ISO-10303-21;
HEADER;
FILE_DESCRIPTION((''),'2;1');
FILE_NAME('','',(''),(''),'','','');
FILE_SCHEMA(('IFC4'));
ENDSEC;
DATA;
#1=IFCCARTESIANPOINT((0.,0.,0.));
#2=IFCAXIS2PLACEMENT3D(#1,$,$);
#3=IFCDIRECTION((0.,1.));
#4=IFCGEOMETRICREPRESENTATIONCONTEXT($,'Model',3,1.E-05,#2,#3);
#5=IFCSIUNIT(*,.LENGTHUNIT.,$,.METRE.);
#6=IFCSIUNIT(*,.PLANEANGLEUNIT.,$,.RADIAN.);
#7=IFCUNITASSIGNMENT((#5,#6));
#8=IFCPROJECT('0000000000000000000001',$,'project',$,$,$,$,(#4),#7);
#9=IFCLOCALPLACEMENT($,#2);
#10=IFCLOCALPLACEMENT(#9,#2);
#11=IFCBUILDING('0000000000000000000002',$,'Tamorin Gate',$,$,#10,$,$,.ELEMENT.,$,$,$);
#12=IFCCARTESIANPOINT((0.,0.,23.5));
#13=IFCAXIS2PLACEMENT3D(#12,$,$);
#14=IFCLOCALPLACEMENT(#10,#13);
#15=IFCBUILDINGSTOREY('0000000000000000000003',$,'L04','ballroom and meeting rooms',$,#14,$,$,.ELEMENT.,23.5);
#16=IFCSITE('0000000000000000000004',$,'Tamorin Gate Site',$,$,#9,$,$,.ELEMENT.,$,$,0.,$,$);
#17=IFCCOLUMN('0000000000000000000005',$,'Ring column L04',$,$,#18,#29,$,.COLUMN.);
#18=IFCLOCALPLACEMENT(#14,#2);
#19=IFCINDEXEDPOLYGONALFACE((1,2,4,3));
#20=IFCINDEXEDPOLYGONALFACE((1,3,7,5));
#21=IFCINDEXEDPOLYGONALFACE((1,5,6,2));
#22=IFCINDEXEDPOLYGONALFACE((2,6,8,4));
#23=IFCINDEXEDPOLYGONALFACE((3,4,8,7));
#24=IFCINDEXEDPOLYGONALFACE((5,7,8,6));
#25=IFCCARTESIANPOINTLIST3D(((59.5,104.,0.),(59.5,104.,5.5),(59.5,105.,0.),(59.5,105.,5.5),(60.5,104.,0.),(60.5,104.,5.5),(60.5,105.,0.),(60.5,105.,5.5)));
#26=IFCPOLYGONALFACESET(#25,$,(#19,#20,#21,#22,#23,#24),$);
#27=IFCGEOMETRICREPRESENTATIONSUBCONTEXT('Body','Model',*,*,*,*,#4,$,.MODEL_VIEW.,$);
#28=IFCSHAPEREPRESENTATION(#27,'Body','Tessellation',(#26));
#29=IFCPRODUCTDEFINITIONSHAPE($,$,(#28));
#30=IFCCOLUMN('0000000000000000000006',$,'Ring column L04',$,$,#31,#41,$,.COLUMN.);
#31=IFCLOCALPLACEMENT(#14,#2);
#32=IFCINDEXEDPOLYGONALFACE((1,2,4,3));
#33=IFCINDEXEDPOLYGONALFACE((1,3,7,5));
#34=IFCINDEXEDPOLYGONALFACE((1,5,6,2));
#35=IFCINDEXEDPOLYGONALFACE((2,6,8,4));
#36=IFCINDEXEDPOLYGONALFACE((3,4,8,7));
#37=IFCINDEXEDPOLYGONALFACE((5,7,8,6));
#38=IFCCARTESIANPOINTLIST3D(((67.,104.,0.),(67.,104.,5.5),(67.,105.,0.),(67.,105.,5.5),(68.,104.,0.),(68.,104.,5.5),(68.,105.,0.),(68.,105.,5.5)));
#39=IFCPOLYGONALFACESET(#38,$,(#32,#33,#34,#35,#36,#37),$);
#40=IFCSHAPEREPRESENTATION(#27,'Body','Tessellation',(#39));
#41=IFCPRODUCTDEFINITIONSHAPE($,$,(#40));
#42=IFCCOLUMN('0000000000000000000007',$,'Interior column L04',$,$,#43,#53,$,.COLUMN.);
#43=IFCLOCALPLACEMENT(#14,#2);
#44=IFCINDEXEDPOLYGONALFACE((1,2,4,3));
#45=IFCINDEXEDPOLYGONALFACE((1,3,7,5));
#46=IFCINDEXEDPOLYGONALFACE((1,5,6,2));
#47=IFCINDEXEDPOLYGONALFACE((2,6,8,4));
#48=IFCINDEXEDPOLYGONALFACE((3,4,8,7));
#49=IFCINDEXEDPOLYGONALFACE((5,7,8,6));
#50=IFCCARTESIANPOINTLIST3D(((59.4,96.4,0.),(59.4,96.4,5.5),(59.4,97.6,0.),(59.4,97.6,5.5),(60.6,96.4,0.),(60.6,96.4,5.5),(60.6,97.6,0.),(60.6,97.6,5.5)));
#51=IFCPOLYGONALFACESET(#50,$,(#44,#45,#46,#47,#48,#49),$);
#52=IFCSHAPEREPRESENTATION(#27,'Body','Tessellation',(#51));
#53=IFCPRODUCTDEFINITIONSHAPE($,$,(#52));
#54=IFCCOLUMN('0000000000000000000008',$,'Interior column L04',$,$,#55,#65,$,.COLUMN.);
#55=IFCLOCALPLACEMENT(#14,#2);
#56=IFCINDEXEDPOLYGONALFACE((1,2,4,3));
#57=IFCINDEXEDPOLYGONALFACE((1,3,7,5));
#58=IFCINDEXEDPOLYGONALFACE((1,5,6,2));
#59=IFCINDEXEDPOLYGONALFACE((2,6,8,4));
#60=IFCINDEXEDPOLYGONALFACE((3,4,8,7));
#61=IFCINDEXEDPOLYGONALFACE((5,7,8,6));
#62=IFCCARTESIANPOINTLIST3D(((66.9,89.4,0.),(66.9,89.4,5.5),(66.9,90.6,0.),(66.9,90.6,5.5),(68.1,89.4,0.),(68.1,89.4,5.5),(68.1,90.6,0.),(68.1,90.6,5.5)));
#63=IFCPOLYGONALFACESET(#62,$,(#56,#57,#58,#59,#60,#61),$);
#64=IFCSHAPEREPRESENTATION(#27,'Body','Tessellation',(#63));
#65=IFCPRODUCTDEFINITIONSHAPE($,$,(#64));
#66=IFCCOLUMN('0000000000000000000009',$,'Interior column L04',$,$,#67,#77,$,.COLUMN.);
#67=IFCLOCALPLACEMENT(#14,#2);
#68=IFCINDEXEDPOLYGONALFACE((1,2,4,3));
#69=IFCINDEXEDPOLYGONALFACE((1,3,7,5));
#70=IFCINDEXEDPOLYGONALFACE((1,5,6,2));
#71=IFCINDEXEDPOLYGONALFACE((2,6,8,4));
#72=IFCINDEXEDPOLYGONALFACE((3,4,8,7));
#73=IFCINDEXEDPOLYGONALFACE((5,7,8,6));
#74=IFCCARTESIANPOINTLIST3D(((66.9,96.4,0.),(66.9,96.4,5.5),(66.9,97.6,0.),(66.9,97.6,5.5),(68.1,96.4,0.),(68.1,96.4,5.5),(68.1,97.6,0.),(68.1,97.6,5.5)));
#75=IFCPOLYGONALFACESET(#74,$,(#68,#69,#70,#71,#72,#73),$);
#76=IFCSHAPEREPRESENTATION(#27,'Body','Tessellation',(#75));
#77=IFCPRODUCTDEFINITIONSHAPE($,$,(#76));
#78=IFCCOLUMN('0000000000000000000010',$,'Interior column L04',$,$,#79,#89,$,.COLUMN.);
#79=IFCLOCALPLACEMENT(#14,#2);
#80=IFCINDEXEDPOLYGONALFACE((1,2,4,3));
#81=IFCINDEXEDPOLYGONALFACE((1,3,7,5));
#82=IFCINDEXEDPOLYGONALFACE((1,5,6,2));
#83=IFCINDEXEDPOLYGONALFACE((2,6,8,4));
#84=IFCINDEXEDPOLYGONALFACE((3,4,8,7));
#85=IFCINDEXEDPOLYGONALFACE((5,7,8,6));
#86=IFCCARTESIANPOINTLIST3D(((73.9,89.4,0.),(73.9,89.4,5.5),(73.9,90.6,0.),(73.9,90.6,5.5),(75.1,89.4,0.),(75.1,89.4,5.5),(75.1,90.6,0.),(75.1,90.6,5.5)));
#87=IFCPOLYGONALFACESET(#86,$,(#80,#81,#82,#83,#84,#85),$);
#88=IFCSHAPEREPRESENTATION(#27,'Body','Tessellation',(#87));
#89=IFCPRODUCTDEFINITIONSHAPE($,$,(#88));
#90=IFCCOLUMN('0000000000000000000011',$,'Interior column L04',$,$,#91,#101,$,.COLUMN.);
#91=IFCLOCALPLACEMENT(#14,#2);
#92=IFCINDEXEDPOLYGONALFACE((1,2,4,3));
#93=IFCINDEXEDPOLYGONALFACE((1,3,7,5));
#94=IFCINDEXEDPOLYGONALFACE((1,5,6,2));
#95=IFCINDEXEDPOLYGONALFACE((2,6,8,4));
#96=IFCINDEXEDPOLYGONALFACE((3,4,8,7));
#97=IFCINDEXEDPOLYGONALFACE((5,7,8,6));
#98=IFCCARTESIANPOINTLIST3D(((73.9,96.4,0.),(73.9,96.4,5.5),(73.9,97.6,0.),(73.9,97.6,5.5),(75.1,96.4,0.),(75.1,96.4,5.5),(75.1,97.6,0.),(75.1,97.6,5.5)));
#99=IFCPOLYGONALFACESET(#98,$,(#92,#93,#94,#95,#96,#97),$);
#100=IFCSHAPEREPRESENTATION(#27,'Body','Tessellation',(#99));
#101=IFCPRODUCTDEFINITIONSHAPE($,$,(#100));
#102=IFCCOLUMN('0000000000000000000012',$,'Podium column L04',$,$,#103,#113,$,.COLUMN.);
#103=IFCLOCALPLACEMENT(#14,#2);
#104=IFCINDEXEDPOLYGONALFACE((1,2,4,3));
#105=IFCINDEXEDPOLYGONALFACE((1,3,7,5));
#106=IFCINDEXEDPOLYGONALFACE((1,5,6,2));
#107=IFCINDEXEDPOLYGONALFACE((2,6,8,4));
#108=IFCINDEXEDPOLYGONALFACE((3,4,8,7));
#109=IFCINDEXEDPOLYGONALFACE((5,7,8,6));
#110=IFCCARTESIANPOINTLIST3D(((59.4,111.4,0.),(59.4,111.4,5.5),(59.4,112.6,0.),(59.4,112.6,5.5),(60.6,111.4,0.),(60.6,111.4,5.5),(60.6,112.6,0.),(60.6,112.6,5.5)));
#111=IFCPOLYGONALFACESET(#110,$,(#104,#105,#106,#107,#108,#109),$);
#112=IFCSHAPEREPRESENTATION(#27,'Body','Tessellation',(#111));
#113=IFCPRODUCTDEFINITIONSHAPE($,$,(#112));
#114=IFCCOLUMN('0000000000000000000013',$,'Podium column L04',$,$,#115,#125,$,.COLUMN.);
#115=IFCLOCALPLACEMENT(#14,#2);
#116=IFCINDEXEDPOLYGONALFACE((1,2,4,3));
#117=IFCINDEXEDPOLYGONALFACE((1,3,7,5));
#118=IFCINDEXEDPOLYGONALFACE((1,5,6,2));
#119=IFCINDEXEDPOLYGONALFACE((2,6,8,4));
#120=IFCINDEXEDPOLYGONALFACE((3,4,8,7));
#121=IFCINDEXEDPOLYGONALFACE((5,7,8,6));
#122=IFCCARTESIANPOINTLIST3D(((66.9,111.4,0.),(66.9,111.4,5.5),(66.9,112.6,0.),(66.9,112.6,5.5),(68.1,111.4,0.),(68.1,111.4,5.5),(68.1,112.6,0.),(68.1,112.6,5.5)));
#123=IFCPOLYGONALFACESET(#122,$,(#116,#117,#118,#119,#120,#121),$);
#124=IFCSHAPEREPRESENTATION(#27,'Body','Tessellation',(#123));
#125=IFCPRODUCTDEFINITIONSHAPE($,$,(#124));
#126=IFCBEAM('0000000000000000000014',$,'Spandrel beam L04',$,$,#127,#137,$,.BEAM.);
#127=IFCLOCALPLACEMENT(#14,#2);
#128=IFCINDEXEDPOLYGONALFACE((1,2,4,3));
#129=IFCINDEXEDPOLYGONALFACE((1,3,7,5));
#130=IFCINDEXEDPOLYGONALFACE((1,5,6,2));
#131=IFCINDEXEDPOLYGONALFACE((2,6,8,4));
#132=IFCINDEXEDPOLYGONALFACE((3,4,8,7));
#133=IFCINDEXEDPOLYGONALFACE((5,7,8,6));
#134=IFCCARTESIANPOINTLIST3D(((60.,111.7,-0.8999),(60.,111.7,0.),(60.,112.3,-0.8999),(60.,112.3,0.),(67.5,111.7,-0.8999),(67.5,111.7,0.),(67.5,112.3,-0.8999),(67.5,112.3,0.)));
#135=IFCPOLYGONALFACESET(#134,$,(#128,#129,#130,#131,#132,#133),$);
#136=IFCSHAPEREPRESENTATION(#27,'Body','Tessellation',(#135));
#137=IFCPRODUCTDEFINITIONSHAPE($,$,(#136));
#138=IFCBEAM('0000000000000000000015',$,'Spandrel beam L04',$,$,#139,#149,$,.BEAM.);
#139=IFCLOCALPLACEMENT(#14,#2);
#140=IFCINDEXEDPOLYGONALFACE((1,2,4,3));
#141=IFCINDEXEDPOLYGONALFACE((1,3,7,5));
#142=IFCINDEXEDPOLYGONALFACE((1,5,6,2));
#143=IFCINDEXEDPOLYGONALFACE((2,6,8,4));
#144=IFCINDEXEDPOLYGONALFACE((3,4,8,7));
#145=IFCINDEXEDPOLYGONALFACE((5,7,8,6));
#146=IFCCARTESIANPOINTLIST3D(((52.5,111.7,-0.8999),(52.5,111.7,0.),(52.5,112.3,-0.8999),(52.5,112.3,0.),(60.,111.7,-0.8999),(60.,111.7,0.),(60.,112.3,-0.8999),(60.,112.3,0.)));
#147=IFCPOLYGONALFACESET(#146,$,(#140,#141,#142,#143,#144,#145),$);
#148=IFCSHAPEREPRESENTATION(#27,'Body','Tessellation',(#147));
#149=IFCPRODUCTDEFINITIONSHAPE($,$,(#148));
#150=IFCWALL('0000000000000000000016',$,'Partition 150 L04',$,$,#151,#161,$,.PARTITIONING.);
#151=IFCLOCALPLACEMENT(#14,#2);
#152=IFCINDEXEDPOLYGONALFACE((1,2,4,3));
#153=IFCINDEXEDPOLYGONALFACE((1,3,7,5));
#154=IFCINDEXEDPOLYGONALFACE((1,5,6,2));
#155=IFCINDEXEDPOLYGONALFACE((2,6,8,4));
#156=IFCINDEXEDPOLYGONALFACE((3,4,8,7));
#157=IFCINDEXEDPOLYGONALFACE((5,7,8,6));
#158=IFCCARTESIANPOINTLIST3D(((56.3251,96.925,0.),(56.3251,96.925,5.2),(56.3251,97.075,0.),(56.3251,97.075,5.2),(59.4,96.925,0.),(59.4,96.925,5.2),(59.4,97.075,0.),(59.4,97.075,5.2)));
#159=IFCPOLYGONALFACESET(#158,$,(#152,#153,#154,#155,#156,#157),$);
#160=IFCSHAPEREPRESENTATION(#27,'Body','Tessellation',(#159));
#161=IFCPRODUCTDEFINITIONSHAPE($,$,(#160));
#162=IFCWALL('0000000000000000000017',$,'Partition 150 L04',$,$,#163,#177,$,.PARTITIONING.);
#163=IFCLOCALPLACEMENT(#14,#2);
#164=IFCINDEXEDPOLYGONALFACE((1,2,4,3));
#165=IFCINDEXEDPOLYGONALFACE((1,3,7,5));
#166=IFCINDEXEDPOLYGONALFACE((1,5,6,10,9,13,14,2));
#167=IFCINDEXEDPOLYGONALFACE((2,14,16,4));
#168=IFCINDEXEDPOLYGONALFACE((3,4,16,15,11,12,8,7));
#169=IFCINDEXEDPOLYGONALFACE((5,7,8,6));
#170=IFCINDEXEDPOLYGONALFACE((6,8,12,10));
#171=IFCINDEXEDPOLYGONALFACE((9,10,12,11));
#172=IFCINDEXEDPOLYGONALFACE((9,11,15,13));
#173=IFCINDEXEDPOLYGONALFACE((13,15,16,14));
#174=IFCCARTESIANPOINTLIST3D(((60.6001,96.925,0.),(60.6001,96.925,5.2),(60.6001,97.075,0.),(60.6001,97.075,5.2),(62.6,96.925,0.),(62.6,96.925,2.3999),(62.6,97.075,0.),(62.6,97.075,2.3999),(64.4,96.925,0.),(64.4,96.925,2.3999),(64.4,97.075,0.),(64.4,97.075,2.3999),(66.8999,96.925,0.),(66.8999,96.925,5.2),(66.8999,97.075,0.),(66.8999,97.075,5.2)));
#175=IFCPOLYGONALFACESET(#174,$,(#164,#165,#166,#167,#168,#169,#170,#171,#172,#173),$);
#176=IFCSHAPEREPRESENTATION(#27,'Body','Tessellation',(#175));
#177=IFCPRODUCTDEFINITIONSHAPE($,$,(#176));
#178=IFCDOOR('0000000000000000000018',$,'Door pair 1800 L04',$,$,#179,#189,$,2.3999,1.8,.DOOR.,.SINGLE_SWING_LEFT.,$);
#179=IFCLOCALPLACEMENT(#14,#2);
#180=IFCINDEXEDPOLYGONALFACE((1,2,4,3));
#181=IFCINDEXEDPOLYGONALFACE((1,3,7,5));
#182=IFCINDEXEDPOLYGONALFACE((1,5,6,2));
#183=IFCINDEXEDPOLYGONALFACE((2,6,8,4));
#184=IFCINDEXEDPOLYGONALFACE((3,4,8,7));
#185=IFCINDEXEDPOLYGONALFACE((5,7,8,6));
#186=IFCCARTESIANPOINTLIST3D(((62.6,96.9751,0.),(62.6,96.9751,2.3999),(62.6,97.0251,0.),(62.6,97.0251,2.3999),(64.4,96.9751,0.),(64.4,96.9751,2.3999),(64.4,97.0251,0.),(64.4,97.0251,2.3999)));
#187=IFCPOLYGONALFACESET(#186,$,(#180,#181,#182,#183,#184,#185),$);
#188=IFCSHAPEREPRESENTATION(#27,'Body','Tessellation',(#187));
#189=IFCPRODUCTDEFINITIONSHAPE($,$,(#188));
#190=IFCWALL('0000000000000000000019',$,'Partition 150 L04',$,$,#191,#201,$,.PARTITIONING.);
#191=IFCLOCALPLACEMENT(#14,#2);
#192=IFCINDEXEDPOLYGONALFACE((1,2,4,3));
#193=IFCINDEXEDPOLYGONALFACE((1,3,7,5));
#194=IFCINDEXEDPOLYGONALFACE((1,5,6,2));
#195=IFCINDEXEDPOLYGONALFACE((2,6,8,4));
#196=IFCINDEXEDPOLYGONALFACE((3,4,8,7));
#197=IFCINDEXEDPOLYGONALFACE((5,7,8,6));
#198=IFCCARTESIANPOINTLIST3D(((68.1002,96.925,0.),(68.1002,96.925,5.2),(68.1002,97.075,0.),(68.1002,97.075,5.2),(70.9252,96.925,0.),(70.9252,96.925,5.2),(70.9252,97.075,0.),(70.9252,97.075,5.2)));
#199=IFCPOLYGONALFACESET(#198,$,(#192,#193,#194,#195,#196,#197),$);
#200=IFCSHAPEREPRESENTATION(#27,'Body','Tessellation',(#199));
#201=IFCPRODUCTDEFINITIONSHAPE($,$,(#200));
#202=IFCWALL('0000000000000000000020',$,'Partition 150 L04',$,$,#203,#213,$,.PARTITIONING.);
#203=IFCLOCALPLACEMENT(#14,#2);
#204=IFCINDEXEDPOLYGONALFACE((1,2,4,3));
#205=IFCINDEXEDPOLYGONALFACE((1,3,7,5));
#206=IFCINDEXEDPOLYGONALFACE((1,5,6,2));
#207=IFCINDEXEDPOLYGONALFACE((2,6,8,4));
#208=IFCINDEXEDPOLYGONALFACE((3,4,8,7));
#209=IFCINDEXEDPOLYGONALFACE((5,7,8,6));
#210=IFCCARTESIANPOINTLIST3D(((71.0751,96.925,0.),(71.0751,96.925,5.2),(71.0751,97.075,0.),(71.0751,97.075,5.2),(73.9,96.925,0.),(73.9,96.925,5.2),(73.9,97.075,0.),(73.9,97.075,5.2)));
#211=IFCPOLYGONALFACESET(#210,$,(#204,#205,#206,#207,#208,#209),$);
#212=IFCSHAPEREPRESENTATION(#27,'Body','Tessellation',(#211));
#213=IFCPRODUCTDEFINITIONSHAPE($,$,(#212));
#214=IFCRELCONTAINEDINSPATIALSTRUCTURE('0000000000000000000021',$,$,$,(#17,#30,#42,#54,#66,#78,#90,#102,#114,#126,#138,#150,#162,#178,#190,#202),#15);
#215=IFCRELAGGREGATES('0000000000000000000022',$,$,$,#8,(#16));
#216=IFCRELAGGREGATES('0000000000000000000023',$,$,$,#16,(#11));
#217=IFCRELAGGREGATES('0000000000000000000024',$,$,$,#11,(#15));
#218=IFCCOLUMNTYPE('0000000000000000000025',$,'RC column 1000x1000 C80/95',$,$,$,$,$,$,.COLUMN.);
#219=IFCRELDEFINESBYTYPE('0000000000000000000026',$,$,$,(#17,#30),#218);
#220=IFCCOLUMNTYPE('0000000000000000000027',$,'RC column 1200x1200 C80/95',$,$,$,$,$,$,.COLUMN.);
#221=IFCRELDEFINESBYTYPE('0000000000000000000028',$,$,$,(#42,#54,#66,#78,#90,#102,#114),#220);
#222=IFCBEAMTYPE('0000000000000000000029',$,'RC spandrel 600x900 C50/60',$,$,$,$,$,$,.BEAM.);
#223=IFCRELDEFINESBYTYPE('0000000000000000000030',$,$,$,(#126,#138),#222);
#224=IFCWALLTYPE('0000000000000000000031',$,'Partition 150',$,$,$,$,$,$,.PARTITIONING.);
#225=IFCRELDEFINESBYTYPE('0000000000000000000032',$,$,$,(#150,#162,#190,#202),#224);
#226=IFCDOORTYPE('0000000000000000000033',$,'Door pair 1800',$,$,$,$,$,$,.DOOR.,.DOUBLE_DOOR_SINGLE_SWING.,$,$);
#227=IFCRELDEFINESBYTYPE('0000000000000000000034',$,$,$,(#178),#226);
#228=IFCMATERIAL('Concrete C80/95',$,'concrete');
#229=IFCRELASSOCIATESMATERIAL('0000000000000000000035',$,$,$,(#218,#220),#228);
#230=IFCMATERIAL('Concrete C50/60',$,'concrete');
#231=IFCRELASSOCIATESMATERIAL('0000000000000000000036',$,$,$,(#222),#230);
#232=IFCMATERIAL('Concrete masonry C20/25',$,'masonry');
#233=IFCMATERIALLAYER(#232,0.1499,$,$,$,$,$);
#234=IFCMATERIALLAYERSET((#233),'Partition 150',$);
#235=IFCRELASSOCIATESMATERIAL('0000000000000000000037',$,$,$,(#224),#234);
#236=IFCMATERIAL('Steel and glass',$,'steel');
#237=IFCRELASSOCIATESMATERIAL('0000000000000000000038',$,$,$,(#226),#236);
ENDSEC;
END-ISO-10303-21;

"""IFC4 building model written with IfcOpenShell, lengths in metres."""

from ifc_helpers import new_model, si_unit, direction, frame, frame_2d, origin, origin_2d, place, context, subcontext, project, spatial, rectangle, extrude, material, layer, layer_set, material_profile, profile_set, type_object, element, fill, save


model = new_model("IFC4")

# Units and contexts
model_context = context("Model", 3, precision=1e-05, world=origin(), true_north=direction((0.0, 1.0)))
body_context = subcontext(model_context, "Body", "Model", "MODEL_VIEW")
ifc_project = project(units=[si_unit("LENGTHUNIT", "METRE"), si_unit("PLANEANGLEUNIT", "RADIAN")], contexts=[model_context])

# Site, building, storey
site_placement = place(None, origin())
site = spatial("IfcSite", under=ifc_project, at=site_placement, Name="Tamorin Gate Site", CompositionType="ELEMENT", RefElevation=0.0)
building_placement = place(site_placement, origin())
building = spatial("IfcBuilding", under=site, at=building_placement, Name="Tamorin Gate", CompositionType="ELEMENT")
storey_placement = place(building_placement, frame((0.0, 0.0, 23.5)))
storey = spatial("IfcBuildingStorey", under=building, at=storey_placement, Name="L04", Description="ballroom and meeting rooms", CompositionType="ELEMENT", Elevation=23.5)

# Columns
ifc_material_1 = material(Name="Concrete C80/95", Category="concrete")
ifc_material_profile_1 = material_profile(ifc_material_1, rectangle(XDim=1.0, YDim=1.0, at=origin_2d()), Name="RC 1000x1000")
ifc_profile_set_1 = profile_set([ifc_material_profile_1], Name="Concrete C80/95")
column_type_1 = type_object("IfcColumnType", Name="RC column 1000x1000 C80/95", PredefinedType="COLUMN", material=ifc_profile_set_1)
for number, where, z_axis, x_axis, name in (
    (1, (60.0, 104.5, 0.0), (0.0, 0.0, 1.0), (1.0, 0.0, 0.0), "Ring column L04"),
    (2, (67.5, 104.5, 0.0), (0.0, 0.0, 1.0), (1.0, 0.0, 0.0), "Ring column L04"),
):
    element("IfcColumn", number, at=place(storey_placement, frame(where, z_axis=z_axis, x_axis=x_axis)), inside=storey, type_object=column_type_1, Name=name, PredefinedType="COLUMN", context=body_context, shape_type="SweptSolid", body=[
        extrude(rectangle(XDim=1.0, YDim=1.0, at=origin_2d()), origin(), (0.0, 0.0, 1.0), 5.5),
    ])
ifc_material_profile_2 = material_profile(ifc_material_1, rectangle(XDim=1.2, YDim=1.2, at=origin_2d()), Name="RC 1200x1200")
ifc_profile_set_2 = profile_set([ifc_material_profile_2], Name="Concrete C80/95")
column_type_2 = type_object("IfcColumnType", Name="RC column 1200x1200 C80/95", PredefinedType="COLUMN", material=ifc_profile_set_2)
for number, where, z_axis, x_axis, name in (
    (3, (60.0, 97.0, 0.0), (0.0, 0.0, 1.0), (1.0, 0.0, 0.0), "Interior column L04"),
    (4, (67.5, 90.0, 0.0), (0.0, 0.0, 1.0), (1.0, 0.0, 0.0), "Interior column L04"),
    (5, (67.5, 97.0, 0.0), (0.0, 0.0, 1.0), (1.0, 0.0, 0.0), "Interior column L04"),
    (6, (74.5, 90.0, 0.0), (0.0, 0.0, 1.0), (1.0, 0.0, 0.0), "Interior column L04"),
    (7, (74.5, 97.0, 0.0), (0.0, 0.0, 1.0), (1.0, 0.0, 0.0), "Interior column L04"),
    (8, (60.0, 112.0, 0.0), (0.0, 0.0, 1.0), (1.0, 0.0, 0.0), "Podium column L04"),
    (9, (67.5, 112.0, 0.0), (0.0, 0.0, 1.0), (1.0, 0.0, 0.0), "Podium column L04"),
):
    element("IfcColumn", number, at=place(storey_placement, frame(where, z_axis=z_axis, x_axis=x_axis)), inside=storey, type_object=column_type_2, Name=name, PredefinedType="COLUMN", context=body_context, shape_type="SweptSolid", body=[
        extrude(rectangle(XDim=1.2, YDim=1.2, at=origin_2d()), origin(), (0.0, 0.0, 1.0), 5.5),
    ])

# Beams
ifc_material_2 = material(Name="Concrete C50/60", Category="concrete")
ifc_material_profile_3 = material_profile(ifc_material_2, rectangle(XDim=0.6001, YDim=0.8999, at=origin_2d()), Name="RC 600x900")
ifc_profile_set_3 = profile_set([ifc_material_profile_3], Name="Concrete C50/60")
beam_type = type_object("IfcBeamType", Name="RC spandrel 600x900 C50/60", PredefinedType="BEAM", material=ifc_profile_set_3)
for number, where, z_axis, x_axis, name in (
    (10, (67.5, 112.0, -0.45), (-1.0, 0.0, 0.0), (0.0, -1.0, 0.0), "Spandrel beam L04"),
    (11, (60.0, 112.0, -0.45), (-1.0, 0.0, 0.0), (0.0, -1.0, 0.0), "Spandrel beam L04"),
):
    element("IfcBeam", number, at=place(storey_placement, frame(where, z_axis=z_axis, x_axis=x_axis)), inside=storey, type_object=beam_type, Name=name, PredefinedType="BEAM", context=body_context, shape_type="SweptSolid", body=[
        extrude(rectangle(XDim=0.6001, YDim=0.8999, at=origin_2d()), origin(), (0.0, 0.0, 1.0), 7.5),
    ])

# Wall
ifc_material_3 = material(Name="Concrete masonry C20/25", Category="masonry")
ifc_layer_1 = layer(ifc_material_3, 0.1499)
ifc_layer_set_1 = layer_set([ifc_layer_1], Name="Partition 150")
wall_type_1 = type_object("IfcWallType", Name="Partition 150", PredefinedType="PARTITIONING", material=ifc_layer_set_1)
wall_1_placement = place(storey_placement, frame((56.325, 97.0, 0.0), z_axis=(0.0, 0.0, 1.0), x_axis=(1.0, 0.0, 0.0)))
element("IfcWall", 12, at=wall_1_placement, inside=storey, type_object=wall_type_1, Name="Partition 150 L04", PredefinedType="PARTITIONING", context=body_context, shape_type="SweptSolid", body=[
    extrude(rectangle(XDim=3.075, YDim=0.1499, at=frame_2d((1.5376, 0.0))), origin(), (0.0, 0.0, 1.0), 5.2),
])

# Wall, opening, door
wall_2_placement = place(storey_placement, frame((66.8999, 97.0, 0.0), z_axis=(0.0, 0.0, 1.0), x_axis=(-1.0, 0.0, 0.0)))
wall_2 = element("IfcWall", 13, at=wall_2_placement, inside=storey, type_object=wall_type_1, Name="Partition 150 L04", PredefinedType="PARTITIONING", context=body_context, shape_type="SweptSolid", body=[
    extrude(rectangle(XDim=6.2998, YDim=0.1499, at=frame_2d((3.1499, 0.0))), origin(), (0.0, 0.0, 1.0), 5.2),
])
opening_1_placement = place(wall_2_placement, frame((2.5, 0.0, 0.0)))
opening_1 = element("IfcOpeningElement", 14, at=opening_1_placement, cuts=wall_2, PredefinedType="OPENING", context=body_context, shape_type="SweptSolid", body=[
    extrude(rectangle(XDim=1.8, YDim=2.3999, at=frame_2d((0.8999, 1.2))), frame((0.0, 0.085, 0.0), z_axis=(0.0, -1.0, 0.0), x_axis=(1.0, 0.0, 0.0)), (0.0, 0.0, 1.0), 0.1699),
])
ifc_material_4 = material(Name="Steel and glass", Category="steel")
door_type = type_object("IfcDoorType", Name="Door pair 1800", OperationType="DOUBLE_DOOR_SINGLE_SWING", PredefinedType="DOOR", material=ifc_material_4)
door_placement = place(opening_1_placement, origin())
door = element("IfcDoor", 15, at=door_placement, inside=storey, type_object=door_type, Name="Door pair 1800 L04", OperationType="SINGLE_SWING_LEFT", OverallHeight=2.3999, OverallWidth=1.8, PredefinedType="DOOR", context=body_context, shape_type="SweptSolid", body=[
    extrude(rectangle(XDim=1.8, YDim=2.3999, at=frame_2d((0.8999, 1.2))), frame((0.0, 0.0249, 0.0), z_axis=(0.0, -1.0, 0.0), x_axis=(1.0, 0.0, 0.0)), (0.0, 0.0, 1.0), 0.05),
])
fill(opening_1, door)

# Walls
for number, where, z_axis, x_axis, name in (
    (16, (68.1001, 97.0, 0.0), (0.0, 0.0, 1.0), (1.0, 0.0, 0.0), "Partition 150 L04"),
    (17, (71.075, 97.0, 0.0), (0.0, 0.0, 1.0), (1.0, 0.0, 0.0), "Partition 150 L04"),
):
    element("IfcWall", number, at=place(storey_placement, frame(where, z_axis=z_axis, x_axis=x_axis)), inside=storey, type_object=wall_type_1, Name=name, PredefinedType="PARTITIONING", context=body_context, shape_type="SweptSolid", body=[
        extrude(rectangle(XDim=2.825, YDim=0.1499, at=frame_2d((1.4126, 0.0))), origin(), (0.0, 0.0, 1.0), 5.2),
    ])

save(model, "model.ifc")
